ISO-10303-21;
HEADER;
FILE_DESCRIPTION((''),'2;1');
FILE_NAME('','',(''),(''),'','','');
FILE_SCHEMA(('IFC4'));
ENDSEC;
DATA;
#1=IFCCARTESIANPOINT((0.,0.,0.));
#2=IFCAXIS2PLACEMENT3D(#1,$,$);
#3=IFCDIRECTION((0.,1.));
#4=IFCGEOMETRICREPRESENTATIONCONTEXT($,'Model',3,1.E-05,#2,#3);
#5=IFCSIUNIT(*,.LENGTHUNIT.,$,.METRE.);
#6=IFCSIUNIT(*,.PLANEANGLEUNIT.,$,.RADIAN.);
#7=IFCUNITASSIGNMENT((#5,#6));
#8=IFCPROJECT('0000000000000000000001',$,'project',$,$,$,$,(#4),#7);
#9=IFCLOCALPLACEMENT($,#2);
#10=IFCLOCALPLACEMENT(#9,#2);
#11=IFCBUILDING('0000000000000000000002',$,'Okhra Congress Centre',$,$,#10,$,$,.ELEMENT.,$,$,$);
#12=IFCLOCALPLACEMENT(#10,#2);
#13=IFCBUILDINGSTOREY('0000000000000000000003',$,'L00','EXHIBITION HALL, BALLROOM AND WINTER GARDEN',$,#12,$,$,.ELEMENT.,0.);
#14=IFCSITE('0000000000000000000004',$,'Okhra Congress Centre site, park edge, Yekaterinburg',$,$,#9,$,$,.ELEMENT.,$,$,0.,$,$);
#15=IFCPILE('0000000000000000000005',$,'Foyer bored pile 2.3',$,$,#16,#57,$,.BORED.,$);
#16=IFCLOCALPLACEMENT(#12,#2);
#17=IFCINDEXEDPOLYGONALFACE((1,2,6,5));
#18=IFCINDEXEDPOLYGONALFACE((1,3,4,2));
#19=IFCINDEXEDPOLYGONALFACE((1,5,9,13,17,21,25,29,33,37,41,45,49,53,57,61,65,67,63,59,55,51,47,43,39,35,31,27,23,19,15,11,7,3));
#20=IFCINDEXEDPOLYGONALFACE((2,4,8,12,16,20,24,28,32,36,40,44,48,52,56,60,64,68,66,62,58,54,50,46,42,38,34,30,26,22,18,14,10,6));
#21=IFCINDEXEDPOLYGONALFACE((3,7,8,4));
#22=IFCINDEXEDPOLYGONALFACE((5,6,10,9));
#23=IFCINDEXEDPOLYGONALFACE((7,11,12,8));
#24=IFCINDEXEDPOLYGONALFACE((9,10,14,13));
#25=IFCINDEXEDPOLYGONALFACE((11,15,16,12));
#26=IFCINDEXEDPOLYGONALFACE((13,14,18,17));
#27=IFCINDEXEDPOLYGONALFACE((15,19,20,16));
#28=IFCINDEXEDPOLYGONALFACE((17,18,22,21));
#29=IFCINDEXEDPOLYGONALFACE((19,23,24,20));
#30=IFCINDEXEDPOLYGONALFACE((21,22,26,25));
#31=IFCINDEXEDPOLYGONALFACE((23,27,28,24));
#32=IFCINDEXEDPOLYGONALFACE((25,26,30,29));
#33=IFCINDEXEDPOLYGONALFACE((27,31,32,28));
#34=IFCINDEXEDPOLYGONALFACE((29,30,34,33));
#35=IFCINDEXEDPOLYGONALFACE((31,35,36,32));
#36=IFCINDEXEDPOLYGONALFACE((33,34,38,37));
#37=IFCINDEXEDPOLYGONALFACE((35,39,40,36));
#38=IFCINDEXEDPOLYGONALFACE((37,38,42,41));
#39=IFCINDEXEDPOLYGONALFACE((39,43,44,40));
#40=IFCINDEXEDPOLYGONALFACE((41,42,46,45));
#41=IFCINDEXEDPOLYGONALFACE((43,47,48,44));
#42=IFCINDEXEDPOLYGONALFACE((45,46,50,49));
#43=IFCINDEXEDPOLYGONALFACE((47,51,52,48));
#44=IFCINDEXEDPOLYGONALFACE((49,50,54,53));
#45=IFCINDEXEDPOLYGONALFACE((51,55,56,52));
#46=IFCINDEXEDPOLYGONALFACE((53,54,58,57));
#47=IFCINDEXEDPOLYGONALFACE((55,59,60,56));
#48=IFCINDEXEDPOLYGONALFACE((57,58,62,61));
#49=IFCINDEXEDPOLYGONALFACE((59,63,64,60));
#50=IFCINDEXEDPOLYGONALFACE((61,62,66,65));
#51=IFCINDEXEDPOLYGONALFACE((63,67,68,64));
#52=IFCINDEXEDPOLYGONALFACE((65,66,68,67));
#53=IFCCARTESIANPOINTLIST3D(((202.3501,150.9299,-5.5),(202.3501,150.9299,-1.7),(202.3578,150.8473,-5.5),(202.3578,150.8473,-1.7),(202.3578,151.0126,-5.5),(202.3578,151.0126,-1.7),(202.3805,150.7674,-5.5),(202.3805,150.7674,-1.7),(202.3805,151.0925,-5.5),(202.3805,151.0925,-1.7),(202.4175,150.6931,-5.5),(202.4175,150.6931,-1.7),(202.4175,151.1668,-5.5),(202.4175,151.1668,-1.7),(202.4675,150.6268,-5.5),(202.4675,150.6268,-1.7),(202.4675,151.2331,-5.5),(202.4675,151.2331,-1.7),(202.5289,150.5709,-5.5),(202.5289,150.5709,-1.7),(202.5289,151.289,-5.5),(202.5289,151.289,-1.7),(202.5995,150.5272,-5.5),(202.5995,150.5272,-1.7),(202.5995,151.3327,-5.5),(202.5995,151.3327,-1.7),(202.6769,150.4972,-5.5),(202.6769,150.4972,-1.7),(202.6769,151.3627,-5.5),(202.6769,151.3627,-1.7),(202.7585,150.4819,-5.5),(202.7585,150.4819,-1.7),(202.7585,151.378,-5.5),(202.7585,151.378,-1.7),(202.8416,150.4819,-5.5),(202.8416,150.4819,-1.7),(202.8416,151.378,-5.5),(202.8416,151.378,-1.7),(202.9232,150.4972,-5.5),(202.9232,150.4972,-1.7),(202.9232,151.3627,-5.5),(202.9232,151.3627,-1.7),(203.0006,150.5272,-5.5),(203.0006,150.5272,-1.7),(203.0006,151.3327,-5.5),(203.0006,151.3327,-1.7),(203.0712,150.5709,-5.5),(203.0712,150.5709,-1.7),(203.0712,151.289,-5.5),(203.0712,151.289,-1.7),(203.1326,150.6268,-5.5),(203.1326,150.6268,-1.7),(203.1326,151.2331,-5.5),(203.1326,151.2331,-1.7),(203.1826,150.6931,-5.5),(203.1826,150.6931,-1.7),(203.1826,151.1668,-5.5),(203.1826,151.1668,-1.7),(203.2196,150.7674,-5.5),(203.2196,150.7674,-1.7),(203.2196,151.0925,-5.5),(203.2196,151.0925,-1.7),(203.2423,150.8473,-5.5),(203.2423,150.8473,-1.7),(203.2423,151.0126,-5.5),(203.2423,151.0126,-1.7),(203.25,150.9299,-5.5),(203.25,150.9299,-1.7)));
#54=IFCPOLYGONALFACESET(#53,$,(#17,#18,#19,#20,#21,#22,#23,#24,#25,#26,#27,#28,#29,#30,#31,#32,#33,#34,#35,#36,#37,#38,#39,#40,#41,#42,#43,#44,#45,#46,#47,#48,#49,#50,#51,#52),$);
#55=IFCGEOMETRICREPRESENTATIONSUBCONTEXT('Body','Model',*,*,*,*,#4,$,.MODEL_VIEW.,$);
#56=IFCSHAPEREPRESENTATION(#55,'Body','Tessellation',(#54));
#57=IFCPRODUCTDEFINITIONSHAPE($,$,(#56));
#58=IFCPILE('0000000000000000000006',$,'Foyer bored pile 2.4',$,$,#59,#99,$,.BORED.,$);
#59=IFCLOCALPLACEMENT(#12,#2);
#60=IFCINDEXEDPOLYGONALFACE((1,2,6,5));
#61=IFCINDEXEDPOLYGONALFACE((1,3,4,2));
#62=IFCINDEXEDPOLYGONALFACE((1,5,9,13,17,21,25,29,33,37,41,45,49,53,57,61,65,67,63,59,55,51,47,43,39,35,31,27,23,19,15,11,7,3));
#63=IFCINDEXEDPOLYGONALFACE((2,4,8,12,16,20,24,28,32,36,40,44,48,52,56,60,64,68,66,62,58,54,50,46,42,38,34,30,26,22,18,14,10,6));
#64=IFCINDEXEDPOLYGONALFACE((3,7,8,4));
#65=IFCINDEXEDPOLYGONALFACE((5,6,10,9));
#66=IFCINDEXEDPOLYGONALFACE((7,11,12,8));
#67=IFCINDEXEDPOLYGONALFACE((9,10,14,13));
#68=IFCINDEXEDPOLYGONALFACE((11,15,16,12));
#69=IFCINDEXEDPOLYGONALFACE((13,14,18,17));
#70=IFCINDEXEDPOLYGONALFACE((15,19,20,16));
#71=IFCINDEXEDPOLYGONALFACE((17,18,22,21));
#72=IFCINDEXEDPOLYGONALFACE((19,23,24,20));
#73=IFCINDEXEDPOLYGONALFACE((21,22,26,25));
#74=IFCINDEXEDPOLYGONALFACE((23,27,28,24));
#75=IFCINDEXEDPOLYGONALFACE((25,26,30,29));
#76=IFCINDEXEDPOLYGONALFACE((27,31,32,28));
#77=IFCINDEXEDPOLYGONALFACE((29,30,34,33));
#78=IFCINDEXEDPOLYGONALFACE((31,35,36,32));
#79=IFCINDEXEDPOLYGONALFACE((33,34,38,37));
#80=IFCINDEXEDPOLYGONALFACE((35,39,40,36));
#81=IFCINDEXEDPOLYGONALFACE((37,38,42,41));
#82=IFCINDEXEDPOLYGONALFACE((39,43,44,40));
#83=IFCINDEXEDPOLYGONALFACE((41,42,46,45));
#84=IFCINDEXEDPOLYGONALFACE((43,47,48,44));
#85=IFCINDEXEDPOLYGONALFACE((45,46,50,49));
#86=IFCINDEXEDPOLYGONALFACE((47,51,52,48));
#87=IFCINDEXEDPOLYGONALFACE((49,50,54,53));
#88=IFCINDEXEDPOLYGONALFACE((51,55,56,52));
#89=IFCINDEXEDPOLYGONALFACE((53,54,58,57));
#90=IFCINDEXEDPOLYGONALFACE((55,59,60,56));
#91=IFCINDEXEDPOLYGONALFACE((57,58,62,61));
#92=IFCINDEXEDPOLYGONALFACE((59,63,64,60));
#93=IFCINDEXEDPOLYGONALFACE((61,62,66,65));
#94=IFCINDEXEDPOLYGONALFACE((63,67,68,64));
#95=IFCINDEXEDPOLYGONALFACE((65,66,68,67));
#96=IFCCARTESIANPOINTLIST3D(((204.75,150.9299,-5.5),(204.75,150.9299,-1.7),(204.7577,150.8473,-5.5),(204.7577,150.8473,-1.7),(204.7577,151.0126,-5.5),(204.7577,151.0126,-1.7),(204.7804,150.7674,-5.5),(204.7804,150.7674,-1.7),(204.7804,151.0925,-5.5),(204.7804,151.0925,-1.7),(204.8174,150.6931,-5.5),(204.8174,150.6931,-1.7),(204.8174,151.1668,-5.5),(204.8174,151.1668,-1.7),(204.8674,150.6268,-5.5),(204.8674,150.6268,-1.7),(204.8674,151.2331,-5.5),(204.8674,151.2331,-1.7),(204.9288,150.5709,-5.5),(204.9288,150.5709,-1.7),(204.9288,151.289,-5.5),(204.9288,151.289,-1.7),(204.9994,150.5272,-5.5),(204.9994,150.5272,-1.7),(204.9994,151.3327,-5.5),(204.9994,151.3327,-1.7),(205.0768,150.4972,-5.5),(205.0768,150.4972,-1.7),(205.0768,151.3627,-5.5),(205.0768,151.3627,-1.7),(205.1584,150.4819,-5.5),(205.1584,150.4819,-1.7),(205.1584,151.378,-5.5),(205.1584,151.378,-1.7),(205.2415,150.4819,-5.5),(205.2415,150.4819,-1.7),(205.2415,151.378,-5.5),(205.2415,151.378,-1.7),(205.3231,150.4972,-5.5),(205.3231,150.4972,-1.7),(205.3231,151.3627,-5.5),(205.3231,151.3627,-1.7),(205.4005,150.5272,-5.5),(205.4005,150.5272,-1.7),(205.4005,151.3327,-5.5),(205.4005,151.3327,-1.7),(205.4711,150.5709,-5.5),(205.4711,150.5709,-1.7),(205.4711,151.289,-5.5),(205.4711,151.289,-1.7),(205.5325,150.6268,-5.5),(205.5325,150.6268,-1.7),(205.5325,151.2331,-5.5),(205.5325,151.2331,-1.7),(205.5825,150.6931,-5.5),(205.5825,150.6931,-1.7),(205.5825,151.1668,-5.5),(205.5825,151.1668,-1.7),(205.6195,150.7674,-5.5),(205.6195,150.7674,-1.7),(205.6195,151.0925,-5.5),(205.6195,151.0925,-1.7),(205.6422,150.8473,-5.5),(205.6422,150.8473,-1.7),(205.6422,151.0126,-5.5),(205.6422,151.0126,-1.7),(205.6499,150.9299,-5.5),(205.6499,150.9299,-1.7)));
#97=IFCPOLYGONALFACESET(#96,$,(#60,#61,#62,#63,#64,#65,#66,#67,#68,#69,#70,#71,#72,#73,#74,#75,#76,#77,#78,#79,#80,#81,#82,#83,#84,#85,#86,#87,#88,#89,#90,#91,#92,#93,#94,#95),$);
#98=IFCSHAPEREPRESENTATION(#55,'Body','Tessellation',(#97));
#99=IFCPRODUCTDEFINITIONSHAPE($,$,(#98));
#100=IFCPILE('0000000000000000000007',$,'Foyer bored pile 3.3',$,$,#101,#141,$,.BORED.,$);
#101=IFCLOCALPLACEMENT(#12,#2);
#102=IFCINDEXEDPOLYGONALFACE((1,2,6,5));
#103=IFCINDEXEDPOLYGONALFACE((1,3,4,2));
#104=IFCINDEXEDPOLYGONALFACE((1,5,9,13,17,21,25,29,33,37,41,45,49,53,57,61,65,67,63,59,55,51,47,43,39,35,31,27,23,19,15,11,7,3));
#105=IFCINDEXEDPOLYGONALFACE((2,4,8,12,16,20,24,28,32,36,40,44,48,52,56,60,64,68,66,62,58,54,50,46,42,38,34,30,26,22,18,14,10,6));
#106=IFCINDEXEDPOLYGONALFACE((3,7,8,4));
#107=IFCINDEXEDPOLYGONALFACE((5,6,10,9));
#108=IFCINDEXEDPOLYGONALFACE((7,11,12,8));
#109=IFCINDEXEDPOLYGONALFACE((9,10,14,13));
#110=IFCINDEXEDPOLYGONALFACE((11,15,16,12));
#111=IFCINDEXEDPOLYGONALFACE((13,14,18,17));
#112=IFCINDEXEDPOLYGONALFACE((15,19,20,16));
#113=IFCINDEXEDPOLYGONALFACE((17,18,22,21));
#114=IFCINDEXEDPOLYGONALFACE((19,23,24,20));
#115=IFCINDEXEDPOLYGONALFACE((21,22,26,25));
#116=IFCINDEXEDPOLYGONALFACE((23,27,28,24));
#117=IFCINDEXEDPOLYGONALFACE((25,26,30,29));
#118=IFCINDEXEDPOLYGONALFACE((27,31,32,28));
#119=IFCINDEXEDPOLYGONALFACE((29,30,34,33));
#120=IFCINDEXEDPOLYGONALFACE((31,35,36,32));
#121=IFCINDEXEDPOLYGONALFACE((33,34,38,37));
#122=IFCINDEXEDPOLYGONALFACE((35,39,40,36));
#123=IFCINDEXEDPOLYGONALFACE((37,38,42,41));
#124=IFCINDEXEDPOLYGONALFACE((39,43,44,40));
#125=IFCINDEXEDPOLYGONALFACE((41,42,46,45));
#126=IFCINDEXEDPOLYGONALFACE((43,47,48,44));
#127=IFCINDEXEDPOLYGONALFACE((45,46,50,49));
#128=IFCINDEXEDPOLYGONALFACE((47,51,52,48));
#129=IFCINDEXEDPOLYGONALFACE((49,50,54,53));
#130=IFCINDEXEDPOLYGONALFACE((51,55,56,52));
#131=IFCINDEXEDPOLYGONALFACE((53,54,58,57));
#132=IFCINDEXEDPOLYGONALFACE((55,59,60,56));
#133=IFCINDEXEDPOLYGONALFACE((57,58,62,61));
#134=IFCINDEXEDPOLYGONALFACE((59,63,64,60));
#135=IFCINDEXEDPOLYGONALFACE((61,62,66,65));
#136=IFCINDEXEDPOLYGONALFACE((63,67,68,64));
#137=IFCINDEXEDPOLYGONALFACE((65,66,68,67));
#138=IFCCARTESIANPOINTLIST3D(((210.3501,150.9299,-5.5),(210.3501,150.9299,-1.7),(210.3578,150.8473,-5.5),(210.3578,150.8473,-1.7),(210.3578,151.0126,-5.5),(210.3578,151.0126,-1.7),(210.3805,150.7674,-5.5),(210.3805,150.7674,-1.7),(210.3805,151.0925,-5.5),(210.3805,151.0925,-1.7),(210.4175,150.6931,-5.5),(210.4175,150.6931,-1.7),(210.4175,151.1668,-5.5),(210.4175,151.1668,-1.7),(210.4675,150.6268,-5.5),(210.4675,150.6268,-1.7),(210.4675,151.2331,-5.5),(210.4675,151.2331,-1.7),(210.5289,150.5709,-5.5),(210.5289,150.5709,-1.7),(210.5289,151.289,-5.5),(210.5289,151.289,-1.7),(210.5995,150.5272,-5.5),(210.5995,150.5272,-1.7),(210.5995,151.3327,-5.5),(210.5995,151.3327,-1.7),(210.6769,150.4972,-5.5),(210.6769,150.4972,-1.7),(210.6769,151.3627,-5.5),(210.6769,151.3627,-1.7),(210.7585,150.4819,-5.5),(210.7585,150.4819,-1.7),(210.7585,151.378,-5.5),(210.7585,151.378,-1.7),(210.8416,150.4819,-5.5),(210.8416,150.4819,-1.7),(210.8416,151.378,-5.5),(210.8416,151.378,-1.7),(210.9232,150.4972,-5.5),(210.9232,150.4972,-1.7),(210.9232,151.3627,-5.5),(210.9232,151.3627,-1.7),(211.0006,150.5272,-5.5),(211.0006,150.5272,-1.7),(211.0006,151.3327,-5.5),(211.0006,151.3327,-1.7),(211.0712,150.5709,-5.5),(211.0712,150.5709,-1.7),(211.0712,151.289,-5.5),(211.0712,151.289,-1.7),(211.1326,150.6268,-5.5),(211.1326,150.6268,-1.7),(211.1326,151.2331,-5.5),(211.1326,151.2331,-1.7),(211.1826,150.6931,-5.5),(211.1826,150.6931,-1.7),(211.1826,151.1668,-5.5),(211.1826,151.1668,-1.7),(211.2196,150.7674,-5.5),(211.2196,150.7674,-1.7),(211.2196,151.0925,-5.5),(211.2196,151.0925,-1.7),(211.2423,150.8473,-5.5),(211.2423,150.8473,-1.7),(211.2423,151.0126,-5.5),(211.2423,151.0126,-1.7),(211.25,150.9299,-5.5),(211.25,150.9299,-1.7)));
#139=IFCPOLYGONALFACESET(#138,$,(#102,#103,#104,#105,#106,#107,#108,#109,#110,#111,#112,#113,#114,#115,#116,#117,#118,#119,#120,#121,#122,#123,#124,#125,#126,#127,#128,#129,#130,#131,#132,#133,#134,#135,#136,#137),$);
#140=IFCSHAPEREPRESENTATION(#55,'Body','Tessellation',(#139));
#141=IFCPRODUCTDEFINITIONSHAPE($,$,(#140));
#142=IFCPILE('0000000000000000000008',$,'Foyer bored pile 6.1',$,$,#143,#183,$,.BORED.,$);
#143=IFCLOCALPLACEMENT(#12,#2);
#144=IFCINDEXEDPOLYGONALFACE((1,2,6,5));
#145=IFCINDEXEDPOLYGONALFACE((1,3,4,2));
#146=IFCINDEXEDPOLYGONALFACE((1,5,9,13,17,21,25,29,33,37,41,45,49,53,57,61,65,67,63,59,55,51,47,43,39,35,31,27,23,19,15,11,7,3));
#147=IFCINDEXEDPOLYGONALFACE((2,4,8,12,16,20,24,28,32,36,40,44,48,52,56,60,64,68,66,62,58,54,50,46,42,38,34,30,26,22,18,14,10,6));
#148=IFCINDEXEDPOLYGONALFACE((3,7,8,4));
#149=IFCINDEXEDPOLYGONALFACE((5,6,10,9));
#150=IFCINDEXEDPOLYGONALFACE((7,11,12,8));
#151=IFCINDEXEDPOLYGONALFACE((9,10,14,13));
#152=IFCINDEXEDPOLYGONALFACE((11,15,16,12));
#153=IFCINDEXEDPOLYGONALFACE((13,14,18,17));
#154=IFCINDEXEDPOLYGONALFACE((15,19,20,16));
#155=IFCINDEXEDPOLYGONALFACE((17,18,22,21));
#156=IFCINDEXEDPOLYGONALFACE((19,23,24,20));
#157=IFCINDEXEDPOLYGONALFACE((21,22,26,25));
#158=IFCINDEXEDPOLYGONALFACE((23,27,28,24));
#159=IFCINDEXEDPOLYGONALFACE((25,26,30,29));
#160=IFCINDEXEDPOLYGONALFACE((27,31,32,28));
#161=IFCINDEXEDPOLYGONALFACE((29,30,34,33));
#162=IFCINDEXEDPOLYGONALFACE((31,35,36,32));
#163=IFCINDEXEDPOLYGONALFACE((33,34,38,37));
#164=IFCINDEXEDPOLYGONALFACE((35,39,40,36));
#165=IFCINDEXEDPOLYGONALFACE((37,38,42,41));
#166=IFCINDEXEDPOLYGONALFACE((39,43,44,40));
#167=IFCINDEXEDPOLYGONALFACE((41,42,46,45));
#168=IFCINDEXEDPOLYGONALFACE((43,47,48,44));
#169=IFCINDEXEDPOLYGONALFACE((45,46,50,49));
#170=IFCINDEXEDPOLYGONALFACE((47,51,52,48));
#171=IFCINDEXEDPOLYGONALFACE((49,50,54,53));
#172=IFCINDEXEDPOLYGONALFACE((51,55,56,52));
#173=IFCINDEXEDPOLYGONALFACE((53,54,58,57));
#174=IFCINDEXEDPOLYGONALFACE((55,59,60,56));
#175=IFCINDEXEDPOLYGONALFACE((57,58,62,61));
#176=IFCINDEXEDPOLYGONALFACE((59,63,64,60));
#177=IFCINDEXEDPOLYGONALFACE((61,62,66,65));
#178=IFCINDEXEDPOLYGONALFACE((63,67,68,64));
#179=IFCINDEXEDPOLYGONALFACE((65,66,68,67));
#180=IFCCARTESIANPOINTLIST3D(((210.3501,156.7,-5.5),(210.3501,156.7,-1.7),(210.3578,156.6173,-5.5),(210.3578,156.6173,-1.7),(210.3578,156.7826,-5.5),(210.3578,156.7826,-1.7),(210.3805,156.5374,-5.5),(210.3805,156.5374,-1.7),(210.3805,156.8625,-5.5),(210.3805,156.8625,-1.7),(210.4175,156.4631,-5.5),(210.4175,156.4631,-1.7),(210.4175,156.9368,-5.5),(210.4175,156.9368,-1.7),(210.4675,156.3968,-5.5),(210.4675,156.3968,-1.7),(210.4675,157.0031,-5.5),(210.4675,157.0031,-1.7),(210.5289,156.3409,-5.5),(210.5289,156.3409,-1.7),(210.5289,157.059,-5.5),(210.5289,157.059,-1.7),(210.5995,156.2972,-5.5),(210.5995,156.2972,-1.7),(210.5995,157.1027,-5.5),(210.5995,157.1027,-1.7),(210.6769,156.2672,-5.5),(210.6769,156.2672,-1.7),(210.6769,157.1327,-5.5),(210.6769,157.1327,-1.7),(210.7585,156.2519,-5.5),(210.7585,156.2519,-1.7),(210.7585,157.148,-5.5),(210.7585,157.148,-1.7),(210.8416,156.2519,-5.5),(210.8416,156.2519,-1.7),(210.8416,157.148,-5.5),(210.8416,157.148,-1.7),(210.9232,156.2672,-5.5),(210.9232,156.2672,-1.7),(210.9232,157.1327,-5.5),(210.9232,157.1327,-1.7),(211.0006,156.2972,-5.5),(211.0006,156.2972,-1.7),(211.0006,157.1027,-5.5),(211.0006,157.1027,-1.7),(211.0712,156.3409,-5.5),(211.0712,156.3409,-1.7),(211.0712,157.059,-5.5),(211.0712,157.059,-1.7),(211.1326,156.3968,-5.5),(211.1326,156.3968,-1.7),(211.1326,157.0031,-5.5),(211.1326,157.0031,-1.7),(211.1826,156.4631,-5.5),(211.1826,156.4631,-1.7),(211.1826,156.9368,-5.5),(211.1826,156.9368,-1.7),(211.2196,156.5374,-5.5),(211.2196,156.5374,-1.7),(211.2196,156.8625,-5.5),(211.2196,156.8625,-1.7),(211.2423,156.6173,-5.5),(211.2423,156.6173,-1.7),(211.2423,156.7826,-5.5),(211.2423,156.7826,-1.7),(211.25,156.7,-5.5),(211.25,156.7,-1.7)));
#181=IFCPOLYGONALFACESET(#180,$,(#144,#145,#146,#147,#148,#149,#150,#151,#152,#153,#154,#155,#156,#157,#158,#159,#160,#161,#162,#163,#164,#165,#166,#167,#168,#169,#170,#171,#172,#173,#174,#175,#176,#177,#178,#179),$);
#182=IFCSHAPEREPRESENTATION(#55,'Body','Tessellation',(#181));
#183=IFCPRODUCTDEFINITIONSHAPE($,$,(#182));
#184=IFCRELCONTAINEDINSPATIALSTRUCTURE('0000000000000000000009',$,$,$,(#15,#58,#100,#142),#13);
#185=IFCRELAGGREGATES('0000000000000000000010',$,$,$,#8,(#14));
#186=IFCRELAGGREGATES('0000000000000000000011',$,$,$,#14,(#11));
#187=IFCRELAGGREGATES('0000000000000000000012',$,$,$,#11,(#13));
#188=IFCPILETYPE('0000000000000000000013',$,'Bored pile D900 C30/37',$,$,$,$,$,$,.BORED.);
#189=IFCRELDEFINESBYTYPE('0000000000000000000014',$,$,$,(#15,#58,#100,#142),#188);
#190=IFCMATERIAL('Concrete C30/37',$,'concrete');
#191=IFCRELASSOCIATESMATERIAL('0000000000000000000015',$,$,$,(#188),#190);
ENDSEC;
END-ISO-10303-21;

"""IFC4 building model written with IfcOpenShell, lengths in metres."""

from ifc_helpers import new_model, si_unit, direction, frame, origin, origin_2d, place, context, subcontext, project, spatial, circle, extrude, material, material_profile, profile_set, type_object, element, save


model = new_model("IFC4")

# Units and contexts
model_context = context("Model", 3, precision=1e-05, world=origin(), true_north=direction((0.0, 1.0)))
body_context = subcontext(model_context, "Body", "Model", "MODEL_VIEW")
ifc_project = project(units=[si_unit("LENGTHUNIT", "METRE"), si_unit("PLANEANGLEUNIT", "RADIAN")], contexts=[model_context])

# Site, building, storey
site_placement = place(None, origin())
site = spatial("IfcSite", under=ifc_project, at=site_placement, Name="Okhra Congress Centre site, park edge, Yekaterinburg", CompositionType="ELEMENT", RefElevation=0.0)
building_placement = place(site_placement, origin())
building = spatial("IfcBuilding", under=site, at=building_placement, Name="Okhra Congress Centre", CompositionType="ELEMENT")
storey_placement = place(building_placement, origin())
storey = spatial("IfcBuildingStorey", under=building, at=storey_placement, Name="L00", Description="EXHIBITION HALL, BALLROOM AND WINTER GARDEN", CompositionType="ELEMENT", Elevation=0.0)

# Piles
ifc_material_1 = material(Name="Concrete C30/37", Category="concrete")
ifc_material_profile_1 = material_profile(ifc_material_1, circle(Radius=0.45, at=origin_2d()), Name="D900")
ifc_profile_set_1 = profile_set([ifc_material_profile_1], Name="Concrete C30/37")
pile_type = type_object("IfcPileType", Name="Bored pile D900 C30/37", PredefinedType="BORED", material=ifc_profile_set_1)
for number, where, z_axis, x_axis, name in (
    (1, (202.8, 150.9299, -1.7), (0.0, 0.0, -1.0), (1.0, 0.0, 0.0), "Foyer bored pile 2.3"),
    (2, (205.2, 150.9299, -1.7), (0.0, 0.0, -1.0), (1.0, 0.0, 0.0), "Foyer bored pile 2.4"),
    (3, (210.8, 150.9299, -1.7), (0.0, 0.0, -1.0), (1.0, 0.0, 0.0), "Foyer bored pile 3.3"),
    (4, (210.8, 156.7, -1.7), (0.0, 0.0, -1.0), (1.0, 0.0, 0.0), "Foyer bored pile 6.1"),
):
    element("IfcPile", number, at=place(storey_placement, frame(where, z_axis=z_axis, x_axis=x_axis)), inside=storey, type_object=pile_type, Name=name, PredefinedType="BORED", context=body_context, shape_type="SweptSolid", body=[
        extrude(circle(Radius=0.45, at=origin_2d()), origin(), (0.0, 0.0, 1.0), 3.8),
    ])

save(model, "model.ifc")
